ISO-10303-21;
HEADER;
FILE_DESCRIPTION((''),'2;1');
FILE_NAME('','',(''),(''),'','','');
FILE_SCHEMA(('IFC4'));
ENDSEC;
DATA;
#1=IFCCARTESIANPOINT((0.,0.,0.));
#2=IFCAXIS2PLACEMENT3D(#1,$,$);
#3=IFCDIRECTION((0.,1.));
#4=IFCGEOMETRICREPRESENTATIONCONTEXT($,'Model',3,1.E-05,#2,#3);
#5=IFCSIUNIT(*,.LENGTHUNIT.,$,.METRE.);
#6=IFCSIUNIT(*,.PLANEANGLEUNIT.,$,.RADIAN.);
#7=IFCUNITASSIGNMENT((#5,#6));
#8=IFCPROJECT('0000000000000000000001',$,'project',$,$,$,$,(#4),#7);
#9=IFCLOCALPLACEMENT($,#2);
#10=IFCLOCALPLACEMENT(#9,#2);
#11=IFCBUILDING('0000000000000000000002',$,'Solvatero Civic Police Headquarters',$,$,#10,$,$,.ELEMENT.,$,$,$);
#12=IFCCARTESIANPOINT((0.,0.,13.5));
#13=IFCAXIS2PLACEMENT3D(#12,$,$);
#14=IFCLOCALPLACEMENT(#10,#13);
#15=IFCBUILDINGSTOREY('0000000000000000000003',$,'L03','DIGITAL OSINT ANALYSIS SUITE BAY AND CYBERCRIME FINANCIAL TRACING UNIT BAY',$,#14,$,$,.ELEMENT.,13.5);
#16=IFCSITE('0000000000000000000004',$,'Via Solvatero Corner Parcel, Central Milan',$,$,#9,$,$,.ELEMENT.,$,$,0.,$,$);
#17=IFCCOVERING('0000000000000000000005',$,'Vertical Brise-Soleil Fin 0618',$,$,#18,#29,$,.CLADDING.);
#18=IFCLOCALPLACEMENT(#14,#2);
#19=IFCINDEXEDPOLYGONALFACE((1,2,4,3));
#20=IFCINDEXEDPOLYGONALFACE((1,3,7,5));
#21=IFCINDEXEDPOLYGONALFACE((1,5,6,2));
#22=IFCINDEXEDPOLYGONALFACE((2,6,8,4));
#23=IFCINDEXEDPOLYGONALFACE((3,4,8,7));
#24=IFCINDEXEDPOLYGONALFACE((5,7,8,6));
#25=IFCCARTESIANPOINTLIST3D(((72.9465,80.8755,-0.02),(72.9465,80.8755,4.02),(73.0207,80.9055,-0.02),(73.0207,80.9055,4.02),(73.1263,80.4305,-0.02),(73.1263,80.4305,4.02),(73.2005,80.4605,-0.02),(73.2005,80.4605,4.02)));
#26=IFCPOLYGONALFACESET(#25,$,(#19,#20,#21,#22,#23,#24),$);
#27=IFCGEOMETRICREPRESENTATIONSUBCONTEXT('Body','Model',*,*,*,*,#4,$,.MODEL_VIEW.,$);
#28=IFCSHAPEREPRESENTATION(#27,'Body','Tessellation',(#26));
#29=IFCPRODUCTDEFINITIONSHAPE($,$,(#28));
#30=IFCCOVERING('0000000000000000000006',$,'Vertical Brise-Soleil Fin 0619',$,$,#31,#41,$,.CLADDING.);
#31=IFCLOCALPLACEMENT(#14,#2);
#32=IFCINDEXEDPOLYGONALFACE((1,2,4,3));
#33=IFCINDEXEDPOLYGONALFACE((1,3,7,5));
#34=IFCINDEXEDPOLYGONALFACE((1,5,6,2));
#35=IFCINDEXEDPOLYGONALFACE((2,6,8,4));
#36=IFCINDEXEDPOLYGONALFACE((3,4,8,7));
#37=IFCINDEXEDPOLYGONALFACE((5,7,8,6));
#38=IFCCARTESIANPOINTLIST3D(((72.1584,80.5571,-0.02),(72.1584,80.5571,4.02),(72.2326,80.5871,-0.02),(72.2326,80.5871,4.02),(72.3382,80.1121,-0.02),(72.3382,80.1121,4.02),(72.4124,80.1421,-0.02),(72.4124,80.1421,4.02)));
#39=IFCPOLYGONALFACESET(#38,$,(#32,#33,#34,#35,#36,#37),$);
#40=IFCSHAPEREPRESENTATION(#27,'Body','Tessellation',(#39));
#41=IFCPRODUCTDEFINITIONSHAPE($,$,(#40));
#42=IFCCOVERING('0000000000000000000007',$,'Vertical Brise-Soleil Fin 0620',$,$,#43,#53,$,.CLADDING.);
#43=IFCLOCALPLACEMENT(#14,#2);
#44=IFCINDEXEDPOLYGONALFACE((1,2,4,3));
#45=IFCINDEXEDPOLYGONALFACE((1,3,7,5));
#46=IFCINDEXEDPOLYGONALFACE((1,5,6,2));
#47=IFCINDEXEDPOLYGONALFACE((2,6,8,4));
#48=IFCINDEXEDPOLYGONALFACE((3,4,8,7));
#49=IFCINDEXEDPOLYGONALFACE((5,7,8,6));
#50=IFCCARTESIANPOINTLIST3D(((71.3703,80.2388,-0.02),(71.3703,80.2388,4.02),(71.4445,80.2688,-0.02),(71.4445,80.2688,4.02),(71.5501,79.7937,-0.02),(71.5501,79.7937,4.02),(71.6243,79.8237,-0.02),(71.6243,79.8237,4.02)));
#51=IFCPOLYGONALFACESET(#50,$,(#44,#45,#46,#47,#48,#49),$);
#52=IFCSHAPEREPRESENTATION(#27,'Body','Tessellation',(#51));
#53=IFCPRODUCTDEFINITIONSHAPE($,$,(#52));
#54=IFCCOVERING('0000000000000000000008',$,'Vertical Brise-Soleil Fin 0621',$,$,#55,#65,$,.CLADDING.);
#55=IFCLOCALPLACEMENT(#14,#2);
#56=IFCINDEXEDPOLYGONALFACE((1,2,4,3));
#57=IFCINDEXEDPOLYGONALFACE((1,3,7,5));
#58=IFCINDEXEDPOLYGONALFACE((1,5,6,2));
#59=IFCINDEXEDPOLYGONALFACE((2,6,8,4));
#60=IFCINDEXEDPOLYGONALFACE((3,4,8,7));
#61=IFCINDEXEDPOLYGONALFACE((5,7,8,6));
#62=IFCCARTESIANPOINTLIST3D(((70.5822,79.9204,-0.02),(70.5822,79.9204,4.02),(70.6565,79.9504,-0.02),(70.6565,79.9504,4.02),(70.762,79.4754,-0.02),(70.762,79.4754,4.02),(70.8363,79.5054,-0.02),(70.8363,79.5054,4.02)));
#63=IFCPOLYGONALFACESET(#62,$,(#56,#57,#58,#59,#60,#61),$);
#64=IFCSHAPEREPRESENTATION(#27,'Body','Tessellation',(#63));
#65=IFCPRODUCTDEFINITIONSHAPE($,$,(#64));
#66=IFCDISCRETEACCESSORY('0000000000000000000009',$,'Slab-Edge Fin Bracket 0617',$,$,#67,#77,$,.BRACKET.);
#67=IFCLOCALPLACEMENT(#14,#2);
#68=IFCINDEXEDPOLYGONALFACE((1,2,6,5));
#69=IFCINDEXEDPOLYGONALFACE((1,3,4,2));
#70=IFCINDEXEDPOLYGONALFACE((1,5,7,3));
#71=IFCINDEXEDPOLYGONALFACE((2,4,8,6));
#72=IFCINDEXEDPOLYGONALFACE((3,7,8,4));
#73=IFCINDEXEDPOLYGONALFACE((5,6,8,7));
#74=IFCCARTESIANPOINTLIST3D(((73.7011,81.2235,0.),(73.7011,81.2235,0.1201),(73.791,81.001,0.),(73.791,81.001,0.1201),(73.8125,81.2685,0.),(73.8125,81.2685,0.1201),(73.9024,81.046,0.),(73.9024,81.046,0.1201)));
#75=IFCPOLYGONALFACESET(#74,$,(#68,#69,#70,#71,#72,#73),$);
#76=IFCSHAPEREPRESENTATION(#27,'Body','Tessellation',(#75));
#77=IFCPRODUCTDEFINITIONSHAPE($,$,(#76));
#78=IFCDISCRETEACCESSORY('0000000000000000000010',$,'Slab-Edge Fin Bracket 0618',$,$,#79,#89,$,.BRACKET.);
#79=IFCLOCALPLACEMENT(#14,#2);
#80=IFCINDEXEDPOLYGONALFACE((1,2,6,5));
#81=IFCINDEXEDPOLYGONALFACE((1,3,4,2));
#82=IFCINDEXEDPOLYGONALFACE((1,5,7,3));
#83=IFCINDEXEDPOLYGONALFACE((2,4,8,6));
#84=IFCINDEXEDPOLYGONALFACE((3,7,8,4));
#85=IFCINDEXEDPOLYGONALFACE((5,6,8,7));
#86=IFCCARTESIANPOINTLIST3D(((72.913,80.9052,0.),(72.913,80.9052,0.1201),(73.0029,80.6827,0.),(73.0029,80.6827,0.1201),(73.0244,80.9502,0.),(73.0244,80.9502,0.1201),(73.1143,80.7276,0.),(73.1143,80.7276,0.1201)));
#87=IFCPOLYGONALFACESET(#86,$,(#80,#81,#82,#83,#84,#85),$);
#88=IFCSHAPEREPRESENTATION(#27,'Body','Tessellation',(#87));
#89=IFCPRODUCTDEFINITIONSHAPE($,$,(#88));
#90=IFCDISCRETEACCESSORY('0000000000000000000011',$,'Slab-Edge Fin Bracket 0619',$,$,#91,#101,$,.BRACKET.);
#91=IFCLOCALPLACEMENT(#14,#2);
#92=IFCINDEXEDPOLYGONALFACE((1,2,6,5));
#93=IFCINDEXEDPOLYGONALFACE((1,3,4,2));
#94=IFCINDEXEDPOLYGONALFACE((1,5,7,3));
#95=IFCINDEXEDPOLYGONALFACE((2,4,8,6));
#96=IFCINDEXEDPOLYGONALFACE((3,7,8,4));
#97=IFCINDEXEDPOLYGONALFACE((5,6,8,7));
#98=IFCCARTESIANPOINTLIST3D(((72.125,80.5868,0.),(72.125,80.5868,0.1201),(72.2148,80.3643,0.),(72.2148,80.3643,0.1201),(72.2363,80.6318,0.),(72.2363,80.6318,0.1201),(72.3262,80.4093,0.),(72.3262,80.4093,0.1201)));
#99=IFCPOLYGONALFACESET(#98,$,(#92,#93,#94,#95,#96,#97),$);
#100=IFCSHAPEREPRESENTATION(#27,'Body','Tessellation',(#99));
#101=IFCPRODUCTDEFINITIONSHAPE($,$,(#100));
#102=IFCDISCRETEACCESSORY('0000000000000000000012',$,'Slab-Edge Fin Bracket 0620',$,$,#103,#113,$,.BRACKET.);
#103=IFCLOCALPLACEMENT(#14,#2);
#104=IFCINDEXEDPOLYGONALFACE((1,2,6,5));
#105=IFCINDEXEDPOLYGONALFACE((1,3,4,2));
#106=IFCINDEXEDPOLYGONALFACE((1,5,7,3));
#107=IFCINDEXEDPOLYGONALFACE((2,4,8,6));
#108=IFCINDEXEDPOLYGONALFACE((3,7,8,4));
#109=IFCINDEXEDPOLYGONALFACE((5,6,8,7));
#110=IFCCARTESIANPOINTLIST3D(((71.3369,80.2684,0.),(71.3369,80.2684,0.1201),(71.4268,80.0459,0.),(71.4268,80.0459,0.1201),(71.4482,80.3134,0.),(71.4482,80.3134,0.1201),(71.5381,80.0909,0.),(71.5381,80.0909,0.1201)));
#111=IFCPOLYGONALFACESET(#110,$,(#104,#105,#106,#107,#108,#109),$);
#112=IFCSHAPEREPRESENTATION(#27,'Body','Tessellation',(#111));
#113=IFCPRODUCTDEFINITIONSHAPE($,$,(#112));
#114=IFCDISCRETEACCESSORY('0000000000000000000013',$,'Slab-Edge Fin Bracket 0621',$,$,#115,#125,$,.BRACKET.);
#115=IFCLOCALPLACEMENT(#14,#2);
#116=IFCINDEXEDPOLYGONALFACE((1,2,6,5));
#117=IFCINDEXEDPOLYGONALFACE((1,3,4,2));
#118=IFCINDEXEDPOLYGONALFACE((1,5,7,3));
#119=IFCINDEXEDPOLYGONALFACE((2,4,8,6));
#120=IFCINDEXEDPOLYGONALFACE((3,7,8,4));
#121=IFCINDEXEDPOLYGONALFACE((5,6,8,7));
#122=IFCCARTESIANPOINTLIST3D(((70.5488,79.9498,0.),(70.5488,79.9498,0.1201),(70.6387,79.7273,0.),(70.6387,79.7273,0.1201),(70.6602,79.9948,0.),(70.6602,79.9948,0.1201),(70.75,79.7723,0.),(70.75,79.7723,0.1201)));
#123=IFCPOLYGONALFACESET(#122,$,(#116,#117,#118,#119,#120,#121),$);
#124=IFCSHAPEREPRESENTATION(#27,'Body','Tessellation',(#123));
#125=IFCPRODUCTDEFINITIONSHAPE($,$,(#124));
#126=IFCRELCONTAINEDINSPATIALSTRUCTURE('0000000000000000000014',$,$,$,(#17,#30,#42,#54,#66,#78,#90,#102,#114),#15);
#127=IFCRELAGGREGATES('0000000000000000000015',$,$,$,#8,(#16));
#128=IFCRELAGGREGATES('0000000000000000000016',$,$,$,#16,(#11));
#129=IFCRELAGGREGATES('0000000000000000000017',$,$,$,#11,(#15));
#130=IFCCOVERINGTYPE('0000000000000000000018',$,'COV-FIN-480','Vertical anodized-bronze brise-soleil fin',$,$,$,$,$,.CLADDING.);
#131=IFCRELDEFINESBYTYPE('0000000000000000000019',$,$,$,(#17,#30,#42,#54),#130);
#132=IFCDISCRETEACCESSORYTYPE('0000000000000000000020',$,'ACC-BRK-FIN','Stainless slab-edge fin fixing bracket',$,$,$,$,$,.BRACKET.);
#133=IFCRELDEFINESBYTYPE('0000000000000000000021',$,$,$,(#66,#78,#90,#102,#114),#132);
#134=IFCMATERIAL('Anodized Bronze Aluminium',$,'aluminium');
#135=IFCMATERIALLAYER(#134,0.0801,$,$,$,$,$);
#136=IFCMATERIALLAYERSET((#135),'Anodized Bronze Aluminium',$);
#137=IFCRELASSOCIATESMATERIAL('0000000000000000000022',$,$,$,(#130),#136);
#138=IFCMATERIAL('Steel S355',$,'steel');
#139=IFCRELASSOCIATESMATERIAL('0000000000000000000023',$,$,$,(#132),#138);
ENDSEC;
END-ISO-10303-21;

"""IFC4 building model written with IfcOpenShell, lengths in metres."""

from ifc_helpers import new_model, si_unit, direction, frame, origin, origin_2d, place, context, subcontext, project, spatial, rectangle, extrude, material, layer, layer_set, type_object, element, save


model = new_model("IFC4")

# Units and contexts
model_context = context("Model", 3, precision=1e-05, world=origin(), true_north=direction((0.0, 1.0)))
body_context = subcontext(model_context, "Body", "Model", "MODEL_VIEW")
ifc_project = project(units=[si_unit("LENGTHUNIT", "METRE"), si_unit("PLANEANGLEUNIT", "RADIAN")], contexts=[model_context])

# Site, building, storey
site_placement = place(None, origin())
site = spatial("IfcSite", under=ifc_project, at=site_placement, Name="Via Solvatero Corner Parcel, Central Milan", CompositionType="ELEMENT", RefElevation=0.0)
building_placement = place(site_placement, origin())
building = spatial("IfcBuilding", under=site, at=building_placement, Name="Solvatero Civic Police Headquarters", CompositionType="ELEMENT")
storey_placement = place(building_placement, frame((0.0, 0.0, 13.5)))
storey = spatial("IfcBuildingStorey", under=building, at=storey_placement, Name="L03", Description="DIGITAL OSINT ANALYSIS SUITE BAY AND CYBERCRIME FINANCIAL TRACING UNIT BAY", CompositionType="ELEMENT", Elevation=13.5)

# Shared definitions
ifc_material_1 = material(Name="Steel S355", Category="steel")

# Shared definitions
ifc_material_2 = material(Name="Anodized Bronze Aluminium", Category="aluminium")

# Coverings
ifc_layer_1 = layer(ifc_material_2, 0.0801)
ifc_layer_set_1 = layer_set([ifc_layer_1], Name="Anodized Bronze Aluminium")
covering_type = type_object("IfcCoveringType", Name="COV-FIN-480", Description="Vertical anodized-bronze brise-soleil fin", PredefinedType="CLADDING", material=ifc_layer_set_1)
for number, where, z_axis, x_axis, name in (
    (1, (73.0735, 80.668, -0.02), (0.0, 0.0, 1.0), (-0.92719, -0.37459, 0.0), "Vertical Brise-Soleil Fin 0618"),
    (2, (72.2854, 80.3496, -0.02), (0.0, 0.0, 1.0), (-0.92719, -0.37459, 0.0), "Vertical Brise-Soleil Fin 0619"),
    (3, (71.4973, 80.0312, -0.02), (0.0, 0.0, 1.0), (-0.92719, -0.37459, 0.0), "Vertical Brise-Soleil Fin 0620"),
    (4, (70.7092, 79.7129, -0.02), (0.0, 0.0, 1.0), (-0.92719, -0.37459, 0.0), "Vertical Brise-Soleil Fin 0621"),
):
    element("IfcCovering", number, at=place(storey_placement, frame(where, z_axis=z_axis, x_axis=x_axis)), inside=storey, type_object=covering_type, Name=name, PredefinedType="CLADDING", context=body_context, shape_type="SweptSolid", body=[
        extrude(rectangle(XDim=0.0801, YDim=0.48, at=origin_2d()), origin(), (0.0, 0.0, 1.0), 4.04),
    ])

# Discrete accessories
discrete_accessory_type = type_object("IfcDiscreteAccessoryType", Name="ACC-BRK-FIN", Description="Stainless slab-edge fin fixing bracket", PredefinedType="BRACKET", material=ifc_material_1)
for number, where, z_axis, x_axis, name in (
    (5, (73.8018, 81.1348, 0.0), (0.0, 0.0, 1.0), (-0.92719, -0.37459, 0.0), "Slab-Edge Fin Bracket 0617"),
    (6, (73.0137, 80.8164, 0.0), (0.0, 0.0, 1.0), (-0.92719, -0.37459, 0.0), "Slab-Edge Fin Bracket 0618"),
    (7, (72.2256, 80.498, 0.0), (0.0, 0.0, 1.0), (-0.92719, -0.37459, 0.0), "Slab-Edge Fin Bracket 0619"),
    (8, (71.4375, 80.1797, 0.0), (0.0, 0.0, 1.0), (-0.92719, -0.37459, 0.0), "Slab-Edge Fin Bracket 0620"),
    (9, (70.6494, 79.8611, 0.0), (0.0, 0.0, 1.0), (-0.92719, -0.37459, 0.0), "Slab-Edge Fin Bracket 0621"),
):
    element("IfcDiscreteAccessory", number, at=place(storey_placement, frame(where, z_axis=z_axis, x_axis=x_axis)), inside=storey, type_object=discrete_accessory_type, Name=name, PredefinedType="BRACKET", context=body_context, shape_type="SweptSolid", body=[
        extrude(rectangle(XDim=0.1201, YDim=0.24, at=origin_2d()), origin(), (0.0, 0.0, 1.0), 0.1201),
    ])

save(model, "model.ifc")
